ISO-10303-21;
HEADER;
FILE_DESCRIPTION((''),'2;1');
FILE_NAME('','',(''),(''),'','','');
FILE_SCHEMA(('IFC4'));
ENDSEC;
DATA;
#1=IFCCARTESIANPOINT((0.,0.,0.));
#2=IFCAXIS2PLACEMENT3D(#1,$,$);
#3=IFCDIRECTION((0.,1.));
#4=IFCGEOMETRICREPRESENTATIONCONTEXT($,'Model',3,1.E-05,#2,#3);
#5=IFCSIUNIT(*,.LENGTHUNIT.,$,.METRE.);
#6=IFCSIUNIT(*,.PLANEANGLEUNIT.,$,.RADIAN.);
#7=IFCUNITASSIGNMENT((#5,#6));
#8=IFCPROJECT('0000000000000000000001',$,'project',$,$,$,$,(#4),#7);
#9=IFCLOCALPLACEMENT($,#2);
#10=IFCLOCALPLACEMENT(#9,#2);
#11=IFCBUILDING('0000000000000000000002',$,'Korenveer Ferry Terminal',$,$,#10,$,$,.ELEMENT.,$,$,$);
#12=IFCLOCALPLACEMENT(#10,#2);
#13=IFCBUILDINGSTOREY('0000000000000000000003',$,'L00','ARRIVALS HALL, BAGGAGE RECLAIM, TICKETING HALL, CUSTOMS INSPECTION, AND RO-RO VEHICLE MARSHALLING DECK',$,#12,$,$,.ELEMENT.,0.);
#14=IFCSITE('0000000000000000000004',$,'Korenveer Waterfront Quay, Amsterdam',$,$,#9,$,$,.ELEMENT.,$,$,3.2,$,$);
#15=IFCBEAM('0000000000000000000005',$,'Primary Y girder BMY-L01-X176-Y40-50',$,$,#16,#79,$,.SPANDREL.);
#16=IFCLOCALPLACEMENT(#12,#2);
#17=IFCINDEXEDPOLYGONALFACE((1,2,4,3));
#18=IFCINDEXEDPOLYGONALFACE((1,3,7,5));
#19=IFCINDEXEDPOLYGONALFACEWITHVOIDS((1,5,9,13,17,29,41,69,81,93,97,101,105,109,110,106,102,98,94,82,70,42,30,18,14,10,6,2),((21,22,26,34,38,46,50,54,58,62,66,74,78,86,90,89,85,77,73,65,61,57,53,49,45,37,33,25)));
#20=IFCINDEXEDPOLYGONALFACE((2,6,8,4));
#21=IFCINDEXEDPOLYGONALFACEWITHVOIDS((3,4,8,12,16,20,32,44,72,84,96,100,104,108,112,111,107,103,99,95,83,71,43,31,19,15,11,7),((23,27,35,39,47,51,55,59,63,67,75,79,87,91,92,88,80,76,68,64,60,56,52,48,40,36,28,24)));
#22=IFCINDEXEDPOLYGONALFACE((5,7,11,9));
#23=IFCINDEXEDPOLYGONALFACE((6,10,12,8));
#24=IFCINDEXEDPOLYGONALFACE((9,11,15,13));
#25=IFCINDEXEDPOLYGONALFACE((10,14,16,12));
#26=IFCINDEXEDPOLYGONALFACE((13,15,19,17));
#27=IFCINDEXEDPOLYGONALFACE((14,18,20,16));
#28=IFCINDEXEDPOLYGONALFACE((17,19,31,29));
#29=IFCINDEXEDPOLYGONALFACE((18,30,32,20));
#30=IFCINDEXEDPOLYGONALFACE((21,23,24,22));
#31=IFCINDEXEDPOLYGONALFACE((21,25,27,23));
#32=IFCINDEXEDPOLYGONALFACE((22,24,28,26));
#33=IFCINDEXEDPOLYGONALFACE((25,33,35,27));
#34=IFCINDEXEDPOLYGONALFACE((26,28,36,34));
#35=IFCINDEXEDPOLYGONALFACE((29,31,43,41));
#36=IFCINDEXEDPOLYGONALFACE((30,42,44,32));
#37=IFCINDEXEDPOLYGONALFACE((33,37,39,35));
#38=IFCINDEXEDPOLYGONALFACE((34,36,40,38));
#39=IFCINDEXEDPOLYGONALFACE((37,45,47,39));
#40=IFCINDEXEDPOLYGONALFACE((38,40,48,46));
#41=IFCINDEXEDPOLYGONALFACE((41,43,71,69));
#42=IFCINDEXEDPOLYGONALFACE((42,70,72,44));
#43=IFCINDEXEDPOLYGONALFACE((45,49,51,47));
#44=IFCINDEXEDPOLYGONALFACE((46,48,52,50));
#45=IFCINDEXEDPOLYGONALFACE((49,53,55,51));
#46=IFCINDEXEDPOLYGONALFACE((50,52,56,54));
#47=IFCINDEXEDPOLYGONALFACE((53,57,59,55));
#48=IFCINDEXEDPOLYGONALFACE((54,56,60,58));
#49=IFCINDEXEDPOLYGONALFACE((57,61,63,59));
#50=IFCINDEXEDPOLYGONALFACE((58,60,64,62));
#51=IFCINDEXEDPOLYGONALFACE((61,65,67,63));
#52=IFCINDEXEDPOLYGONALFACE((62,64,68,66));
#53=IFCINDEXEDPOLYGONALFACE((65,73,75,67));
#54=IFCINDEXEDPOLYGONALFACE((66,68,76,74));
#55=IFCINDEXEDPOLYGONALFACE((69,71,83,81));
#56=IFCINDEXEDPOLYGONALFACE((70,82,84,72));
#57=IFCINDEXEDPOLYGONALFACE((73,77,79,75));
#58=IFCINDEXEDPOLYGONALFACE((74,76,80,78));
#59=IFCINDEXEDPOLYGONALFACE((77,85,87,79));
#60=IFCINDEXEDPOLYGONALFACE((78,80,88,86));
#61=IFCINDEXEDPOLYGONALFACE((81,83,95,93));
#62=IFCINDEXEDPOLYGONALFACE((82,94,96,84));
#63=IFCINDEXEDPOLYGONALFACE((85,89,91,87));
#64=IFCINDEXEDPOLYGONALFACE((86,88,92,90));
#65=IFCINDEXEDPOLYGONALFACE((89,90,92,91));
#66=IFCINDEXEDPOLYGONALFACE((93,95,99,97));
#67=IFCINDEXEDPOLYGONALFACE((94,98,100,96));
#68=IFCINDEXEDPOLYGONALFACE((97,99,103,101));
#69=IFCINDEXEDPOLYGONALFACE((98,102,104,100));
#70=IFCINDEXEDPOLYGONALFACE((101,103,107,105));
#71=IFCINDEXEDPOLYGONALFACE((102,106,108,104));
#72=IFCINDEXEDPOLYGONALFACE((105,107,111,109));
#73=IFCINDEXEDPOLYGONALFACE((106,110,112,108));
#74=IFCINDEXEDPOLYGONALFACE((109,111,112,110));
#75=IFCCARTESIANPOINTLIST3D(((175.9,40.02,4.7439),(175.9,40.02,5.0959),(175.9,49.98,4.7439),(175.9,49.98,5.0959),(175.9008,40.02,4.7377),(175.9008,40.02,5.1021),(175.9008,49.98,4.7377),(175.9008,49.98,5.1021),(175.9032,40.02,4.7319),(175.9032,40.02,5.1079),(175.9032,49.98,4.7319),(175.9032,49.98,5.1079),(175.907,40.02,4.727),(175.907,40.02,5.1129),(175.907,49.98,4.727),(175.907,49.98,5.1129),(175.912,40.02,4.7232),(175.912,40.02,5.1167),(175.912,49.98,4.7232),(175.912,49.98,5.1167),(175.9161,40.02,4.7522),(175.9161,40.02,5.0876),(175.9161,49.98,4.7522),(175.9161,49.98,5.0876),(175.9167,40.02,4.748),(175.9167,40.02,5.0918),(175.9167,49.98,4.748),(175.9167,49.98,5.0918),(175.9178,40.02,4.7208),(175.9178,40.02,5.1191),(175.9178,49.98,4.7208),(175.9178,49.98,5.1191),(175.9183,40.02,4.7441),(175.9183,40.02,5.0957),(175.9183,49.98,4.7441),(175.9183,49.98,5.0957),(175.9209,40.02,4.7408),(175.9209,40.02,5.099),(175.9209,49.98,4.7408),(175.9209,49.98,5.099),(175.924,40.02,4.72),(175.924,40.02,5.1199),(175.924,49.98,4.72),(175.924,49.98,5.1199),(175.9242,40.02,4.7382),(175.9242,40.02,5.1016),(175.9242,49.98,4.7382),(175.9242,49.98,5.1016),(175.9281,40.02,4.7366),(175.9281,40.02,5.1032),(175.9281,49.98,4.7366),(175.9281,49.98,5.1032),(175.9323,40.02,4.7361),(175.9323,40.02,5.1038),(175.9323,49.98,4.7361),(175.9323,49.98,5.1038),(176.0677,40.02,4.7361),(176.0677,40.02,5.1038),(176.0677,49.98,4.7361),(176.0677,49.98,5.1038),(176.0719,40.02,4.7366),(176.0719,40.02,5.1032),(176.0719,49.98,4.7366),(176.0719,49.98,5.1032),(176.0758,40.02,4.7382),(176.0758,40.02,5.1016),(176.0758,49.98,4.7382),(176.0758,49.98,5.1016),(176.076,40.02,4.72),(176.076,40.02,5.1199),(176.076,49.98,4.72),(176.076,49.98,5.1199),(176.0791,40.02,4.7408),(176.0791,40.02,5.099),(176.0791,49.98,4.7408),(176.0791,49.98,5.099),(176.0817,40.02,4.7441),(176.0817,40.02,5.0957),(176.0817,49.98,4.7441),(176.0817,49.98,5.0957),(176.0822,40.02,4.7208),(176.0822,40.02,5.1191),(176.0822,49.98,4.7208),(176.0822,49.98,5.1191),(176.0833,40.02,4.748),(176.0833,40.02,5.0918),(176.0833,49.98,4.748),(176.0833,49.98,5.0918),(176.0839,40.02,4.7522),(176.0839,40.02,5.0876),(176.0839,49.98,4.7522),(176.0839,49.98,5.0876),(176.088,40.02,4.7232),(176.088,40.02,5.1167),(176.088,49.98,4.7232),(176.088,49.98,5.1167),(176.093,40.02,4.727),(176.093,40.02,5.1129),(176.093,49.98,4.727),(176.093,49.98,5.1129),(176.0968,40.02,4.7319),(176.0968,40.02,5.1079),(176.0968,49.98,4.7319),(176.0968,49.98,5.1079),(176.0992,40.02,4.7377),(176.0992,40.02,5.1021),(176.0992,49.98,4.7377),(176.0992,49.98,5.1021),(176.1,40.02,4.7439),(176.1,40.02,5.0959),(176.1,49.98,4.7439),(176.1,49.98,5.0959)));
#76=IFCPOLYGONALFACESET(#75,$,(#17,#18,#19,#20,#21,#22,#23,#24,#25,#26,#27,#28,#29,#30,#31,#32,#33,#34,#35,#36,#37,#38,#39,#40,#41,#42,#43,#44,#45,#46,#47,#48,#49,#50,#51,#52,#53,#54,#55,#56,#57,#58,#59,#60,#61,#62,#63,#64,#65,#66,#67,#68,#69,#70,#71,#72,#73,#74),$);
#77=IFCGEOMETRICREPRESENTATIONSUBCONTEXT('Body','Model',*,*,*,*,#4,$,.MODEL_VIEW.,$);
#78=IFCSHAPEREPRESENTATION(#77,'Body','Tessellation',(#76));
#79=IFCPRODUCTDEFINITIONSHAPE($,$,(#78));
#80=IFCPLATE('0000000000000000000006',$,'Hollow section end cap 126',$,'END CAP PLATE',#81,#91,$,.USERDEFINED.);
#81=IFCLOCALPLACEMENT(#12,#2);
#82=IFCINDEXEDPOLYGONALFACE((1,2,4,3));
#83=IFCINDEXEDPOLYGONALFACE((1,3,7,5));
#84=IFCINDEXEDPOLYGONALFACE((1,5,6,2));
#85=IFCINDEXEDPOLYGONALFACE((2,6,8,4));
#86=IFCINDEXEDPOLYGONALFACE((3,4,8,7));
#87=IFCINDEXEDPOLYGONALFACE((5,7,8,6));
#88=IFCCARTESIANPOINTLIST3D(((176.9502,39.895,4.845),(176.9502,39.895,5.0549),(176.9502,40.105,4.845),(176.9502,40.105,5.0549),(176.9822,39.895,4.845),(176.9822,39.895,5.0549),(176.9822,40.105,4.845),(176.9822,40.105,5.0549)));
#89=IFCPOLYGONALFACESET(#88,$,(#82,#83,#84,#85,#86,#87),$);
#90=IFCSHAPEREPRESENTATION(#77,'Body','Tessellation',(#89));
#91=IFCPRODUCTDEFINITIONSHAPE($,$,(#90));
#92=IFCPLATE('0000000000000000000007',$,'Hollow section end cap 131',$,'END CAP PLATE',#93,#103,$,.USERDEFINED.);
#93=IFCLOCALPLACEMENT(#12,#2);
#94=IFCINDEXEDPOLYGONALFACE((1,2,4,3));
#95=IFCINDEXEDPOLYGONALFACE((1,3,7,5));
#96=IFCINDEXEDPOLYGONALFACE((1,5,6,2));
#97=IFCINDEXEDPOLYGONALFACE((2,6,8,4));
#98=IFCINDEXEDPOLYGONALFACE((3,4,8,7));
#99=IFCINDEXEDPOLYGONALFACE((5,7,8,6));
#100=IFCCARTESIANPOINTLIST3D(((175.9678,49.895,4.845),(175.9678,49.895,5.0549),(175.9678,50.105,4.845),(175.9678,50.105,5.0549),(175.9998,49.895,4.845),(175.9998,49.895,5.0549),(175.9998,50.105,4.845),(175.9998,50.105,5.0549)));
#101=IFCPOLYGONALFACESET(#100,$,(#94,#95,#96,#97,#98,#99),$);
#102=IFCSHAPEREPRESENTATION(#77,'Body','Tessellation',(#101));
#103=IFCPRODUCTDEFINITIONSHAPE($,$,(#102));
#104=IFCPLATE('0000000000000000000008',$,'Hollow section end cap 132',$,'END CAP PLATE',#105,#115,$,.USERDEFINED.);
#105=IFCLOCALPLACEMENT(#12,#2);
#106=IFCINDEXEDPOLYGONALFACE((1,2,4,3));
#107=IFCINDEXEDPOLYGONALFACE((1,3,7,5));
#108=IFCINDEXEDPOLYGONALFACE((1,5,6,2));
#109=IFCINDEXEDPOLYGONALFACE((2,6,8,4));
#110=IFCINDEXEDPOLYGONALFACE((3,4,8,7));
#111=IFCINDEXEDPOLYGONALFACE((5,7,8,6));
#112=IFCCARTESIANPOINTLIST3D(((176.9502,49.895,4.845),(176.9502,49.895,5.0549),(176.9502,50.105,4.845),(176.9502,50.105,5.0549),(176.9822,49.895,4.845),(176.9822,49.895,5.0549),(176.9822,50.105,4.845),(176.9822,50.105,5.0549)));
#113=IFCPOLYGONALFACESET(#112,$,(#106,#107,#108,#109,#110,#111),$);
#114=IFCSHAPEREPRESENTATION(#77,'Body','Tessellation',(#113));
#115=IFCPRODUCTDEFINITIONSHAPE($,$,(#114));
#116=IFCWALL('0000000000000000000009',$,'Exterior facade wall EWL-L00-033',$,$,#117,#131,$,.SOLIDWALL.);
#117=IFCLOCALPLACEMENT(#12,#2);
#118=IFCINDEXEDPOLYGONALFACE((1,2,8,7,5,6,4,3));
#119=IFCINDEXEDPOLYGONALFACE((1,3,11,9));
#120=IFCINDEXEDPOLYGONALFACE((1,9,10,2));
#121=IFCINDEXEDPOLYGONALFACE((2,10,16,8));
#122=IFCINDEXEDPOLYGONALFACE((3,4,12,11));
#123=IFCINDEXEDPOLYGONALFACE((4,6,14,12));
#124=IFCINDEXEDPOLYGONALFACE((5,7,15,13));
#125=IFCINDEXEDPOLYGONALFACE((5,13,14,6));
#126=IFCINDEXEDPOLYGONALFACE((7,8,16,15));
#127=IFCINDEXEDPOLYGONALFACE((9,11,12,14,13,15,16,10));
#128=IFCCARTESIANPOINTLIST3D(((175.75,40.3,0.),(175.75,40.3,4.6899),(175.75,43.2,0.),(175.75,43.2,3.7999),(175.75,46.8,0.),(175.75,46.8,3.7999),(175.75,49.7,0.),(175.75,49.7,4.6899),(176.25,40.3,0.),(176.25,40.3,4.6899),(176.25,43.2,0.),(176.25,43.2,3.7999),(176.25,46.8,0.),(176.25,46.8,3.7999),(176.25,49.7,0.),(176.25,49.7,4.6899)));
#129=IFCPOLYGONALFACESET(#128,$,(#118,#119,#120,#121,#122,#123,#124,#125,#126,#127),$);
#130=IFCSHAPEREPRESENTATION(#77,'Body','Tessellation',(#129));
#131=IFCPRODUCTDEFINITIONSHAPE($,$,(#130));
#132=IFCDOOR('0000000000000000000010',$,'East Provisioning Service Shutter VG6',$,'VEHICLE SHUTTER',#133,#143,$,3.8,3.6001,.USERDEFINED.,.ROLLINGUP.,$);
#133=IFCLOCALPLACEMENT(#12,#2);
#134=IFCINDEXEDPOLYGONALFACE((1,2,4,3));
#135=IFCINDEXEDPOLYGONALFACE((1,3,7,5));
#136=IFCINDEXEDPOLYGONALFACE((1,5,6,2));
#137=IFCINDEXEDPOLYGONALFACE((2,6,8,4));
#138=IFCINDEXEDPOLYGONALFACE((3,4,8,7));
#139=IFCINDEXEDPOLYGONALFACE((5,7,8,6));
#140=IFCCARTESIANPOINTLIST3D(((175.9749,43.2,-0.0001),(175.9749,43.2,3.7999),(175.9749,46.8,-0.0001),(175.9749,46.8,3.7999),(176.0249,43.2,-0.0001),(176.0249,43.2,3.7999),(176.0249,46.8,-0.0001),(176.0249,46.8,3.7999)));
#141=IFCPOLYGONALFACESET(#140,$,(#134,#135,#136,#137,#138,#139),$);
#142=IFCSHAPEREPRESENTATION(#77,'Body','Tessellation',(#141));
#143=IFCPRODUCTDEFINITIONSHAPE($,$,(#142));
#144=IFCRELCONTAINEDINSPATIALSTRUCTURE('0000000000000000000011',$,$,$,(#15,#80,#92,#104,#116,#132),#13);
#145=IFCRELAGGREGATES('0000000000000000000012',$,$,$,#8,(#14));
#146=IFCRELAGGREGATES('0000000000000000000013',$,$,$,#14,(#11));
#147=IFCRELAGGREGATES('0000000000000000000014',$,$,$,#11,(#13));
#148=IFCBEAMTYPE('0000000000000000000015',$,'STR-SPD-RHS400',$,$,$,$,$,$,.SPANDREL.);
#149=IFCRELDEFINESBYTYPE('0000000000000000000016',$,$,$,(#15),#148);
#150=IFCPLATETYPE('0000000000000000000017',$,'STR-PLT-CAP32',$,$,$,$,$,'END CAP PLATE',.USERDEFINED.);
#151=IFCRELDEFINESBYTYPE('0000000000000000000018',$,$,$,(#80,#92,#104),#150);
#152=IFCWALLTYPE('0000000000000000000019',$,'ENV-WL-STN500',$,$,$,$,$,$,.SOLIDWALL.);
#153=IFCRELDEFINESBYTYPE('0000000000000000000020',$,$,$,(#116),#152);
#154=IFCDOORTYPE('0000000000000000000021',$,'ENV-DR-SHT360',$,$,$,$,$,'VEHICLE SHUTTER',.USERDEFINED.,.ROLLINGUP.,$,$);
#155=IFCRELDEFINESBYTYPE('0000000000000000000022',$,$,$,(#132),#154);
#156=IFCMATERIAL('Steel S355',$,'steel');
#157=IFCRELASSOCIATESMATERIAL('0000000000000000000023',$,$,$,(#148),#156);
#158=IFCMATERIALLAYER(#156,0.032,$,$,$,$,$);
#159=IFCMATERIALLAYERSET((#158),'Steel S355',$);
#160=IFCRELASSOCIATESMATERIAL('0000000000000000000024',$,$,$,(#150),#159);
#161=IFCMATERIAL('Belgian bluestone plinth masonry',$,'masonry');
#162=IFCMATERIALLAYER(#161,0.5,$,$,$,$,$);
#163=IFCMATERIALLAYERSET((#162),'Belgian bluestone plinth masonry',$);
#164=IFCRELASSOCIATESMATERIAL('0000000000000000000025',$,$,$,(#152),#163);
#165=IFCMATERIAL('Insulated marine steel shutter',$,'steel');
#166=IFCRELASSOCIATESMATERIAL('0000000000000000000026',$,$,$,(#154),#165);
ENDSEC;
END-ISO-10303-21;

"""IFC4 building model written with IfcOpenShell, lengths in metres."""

from ifc_helpers import new_model, si_unit, direction, frame, frame_2d, origin, origin_2d, place, context, subcontext, project, spatial, rectangle, hollow_rectangle, extrude, material, layer, layer_set, material_profile, profile_set, type_object, element, fill, save


model = new_model("IFC4")

# Units and contexts
model_context = context("Model", 3, precision=1e-05, world=origin(), true_north=direction((0.0, 1.0)))
body_context = subcontext(model_context, "Body", "Model", "MODEL_VIEW")
ifc_project = project(units=[si_unit("LENGTHUNIT", "METRE"), si_unit("PLANEANGLEUNIT", "RADIAN")], contexts=[model_context])

# Site, building, storey
site_placement = place(None, origin())
site = spatial("IfcSite", under=ifc_project, at=site_placement, Name="Korenveer Waterfront Quay, Amsterdam", CompositionType="ELEMENT", RefElevation=3.2)
building_placement = place(site_placement, origin())
building = spatial("IfcBuilding", under=site, at=building_placement, Name="Korenveer Ferry Terminal", CompositionType="ELEMENT")
storey_placement = place(building_placement, origin())
storey = spatial("IfcBuildingStorey", under=building, at=storey_placement, Name="L00", Description="ARRIVALS HALL, BAGGAGE RECLAIM, TICKETING HALL, CUSTOMS INSPECTION, AND RO-RO VEHICLE MARSHALLING DECK", CompositionType="ELEMENT", Elevation=0.0)

# Beam
ifc_material_1 = material(Name="Steel S355", Category="steel")
ifc_material_profile_1 = material_profile(ifc_material_1, hollow_rectangle(XDim=0.2, YDim=0.3999, WallThickness=0.0161, InnerFilletRadius=0.0161, OuterFilletRadius=0.0239, at=origin_2d()), Name="RHS 400x200x16")
ifc_profile_set_1 = profile_set([ifc_material_profile_1], Name="Steel S355")
beam_type_1 = type_object("IfcBeamType", Name="STR-SPD-RHS400", PredefinedType="SPANDREL", material=ifc_profile_set_1)
beam_placement = place(storey_placement, frame((176.0, 40.02, 4.9199), z_axis=(0.0, 1.0, 0.0), x_axis=(-1.0, 0.0, 0.0)))
element("IfcBeam", 1, at=beam_placement, inside=storey, type_object=beam_type_1, Name="Primary Y girder BMY-L01-X176-Y40-50", PredefinedType="SPANDREL", context=body_context, shape_type="SweptSolid", body=[
    extrude(hollow_rectangle(XDim=0.2, YDim=0.3999, WallThickness=0.0161, InnerFilletRadius=0.0161, OuterFilletRadius=0.0239, at=origin_2d()), origin(), (0.0, 0.0, 1.0), 9.96),
])

# Plates
ifc_layer_1 = layer(ifc_material_1, 0.032)
ifc_layer_set_1 = layer_set([ifc_layer_1], Name="Steel S355")
plate_type = type_object("IfcPlateType", Name="STR-PLT-CAP32", ElementType="END CAP PLATE", PredefinedType="USERDEFINED", material=ifc_layer_set_1)
for number, where, z_axis, x_axis, name in (
    (2, (176.9502, 40.0, 4.95), (1.0, 0.0, 0.0), (0.0, 1.0, 0.0), "Hollow section end cap 126"),
    (3, (175.9678, 50.0, 4.95), (1.0, 0.0, 0.0), (0.0, 1.0, 0.0), "Hollow section end cap 131"),
    (4, (176.9502, 50.0, 4.95), (1.0, 0.0, 0.0), (0.0, 1.0, 0.0), "Hollow section end cap 132"),
):
    element("IfcPlate", number, at=place(storey_placement, frame(where, z_axis=z_axis, x_axis=x_axis)), inside=storey, type_object=plate_type, Name=name, ObjectType="END CAP PLATE", PredefinedType="USERDEFINED", context=body_context, shape_type="SweptSolid", body=[
        extrude(rectangle(XDim=0.21, YDim=0.21, at=origin_2d()), origin(), (0.0, 0.0, 1.0), 0.032),
    ])

# Wall, opening, door
ifc_material_2 = material(Name="Belgian bluestone plinth masonry", Category="masonry")
ifc_layer_2 = layer(ifc_material_2, 0.5)
ifc_layer_set_2 = layer_set([ifc_layer_2], Name="Belgian bluestone plinth masonry")
wall_type = type_object("IfcWallType", Name="ENV-WL-STN500", PredefinedType="SOLIDWALL", material=ifc_layer_set_2)
wall_placement = place(storey_placement, frame((176.0, 49.7, 0.0), z_axis=(0.0, 0.0, 1.0), x_axis=(0.0, -1.0, 0.0)))
wall = element("IfcWall", 5, at=wall_placement, inside=storey, type_object=wall_type, Name="Exterior facade wall EWL-L00-033", PredefinedType="SOLIDWALL", context=body_context, shape_type="SweptSolid", body=[
    extrude(rectangle(XDim=9.3999, YDim=0.5, at=frame_2d((4.7, 0.0))), origin(), (0.0, 0.0, 1.0), 4.6899),
])
opening_placement = place(wall_placement, frame((2.8999, 0.0, 0.0)))
opening = element("IfcOpeningElement", 6, at=opening_placement, cuts=wall, PredefinedType="OPENING", context=body_context, shape_type="SweptSolid", body=[
    extrude(rectangle(XDim=3.6001, YDim=3.8, at=frame_2d((1.8, 1.8999))), frame((0.0, 0.26, 0.0), z_axis=(0.0, -1.0, 0.0), x_axis=(1.0, 0.0, 0.0)), (0.0, 0.0, 1.0), 0.52),
])
ifc_material_3 = material(Name="Insulated marine steel shutter", Category="steel")
door_type = type_object("IfcDoorType", Name="ENV-DR-SHT360", ElementType="VEHICLE SHUTTER", OperationType="ROLLINGUP", PredefinedType="USERDEFINED", material=ifc_material_3)
door_placement = place(opening_placement, origin())
door = element("IfcDoor", 7, at=door_placement, inside=storey, type_object=door_type, Name="East Provisioning Service Shutter VG6", ObjectType="VEHICLE SHUTTER", OperationType="ROLLINGUP", OverallHeight=3.8, OverallWidth=3.6001, PredefinedType="USERDEFINED", context=body_context, shape_type="SweptSolid", body=[
    extrude(rectangle(XDim=3.6001, YDim=3.8, at=frame_2d((1.8, 1.8999))), frame((0.0, 0.0249, 0.0), z_axis=(0.0, -1.0, 0.0), x_axis=(1.0, 0.0, 0.0)), (0.0, 0.0, 1.0), 0.05),
])
fill(opening, door)

save(model, "model.ifc")
